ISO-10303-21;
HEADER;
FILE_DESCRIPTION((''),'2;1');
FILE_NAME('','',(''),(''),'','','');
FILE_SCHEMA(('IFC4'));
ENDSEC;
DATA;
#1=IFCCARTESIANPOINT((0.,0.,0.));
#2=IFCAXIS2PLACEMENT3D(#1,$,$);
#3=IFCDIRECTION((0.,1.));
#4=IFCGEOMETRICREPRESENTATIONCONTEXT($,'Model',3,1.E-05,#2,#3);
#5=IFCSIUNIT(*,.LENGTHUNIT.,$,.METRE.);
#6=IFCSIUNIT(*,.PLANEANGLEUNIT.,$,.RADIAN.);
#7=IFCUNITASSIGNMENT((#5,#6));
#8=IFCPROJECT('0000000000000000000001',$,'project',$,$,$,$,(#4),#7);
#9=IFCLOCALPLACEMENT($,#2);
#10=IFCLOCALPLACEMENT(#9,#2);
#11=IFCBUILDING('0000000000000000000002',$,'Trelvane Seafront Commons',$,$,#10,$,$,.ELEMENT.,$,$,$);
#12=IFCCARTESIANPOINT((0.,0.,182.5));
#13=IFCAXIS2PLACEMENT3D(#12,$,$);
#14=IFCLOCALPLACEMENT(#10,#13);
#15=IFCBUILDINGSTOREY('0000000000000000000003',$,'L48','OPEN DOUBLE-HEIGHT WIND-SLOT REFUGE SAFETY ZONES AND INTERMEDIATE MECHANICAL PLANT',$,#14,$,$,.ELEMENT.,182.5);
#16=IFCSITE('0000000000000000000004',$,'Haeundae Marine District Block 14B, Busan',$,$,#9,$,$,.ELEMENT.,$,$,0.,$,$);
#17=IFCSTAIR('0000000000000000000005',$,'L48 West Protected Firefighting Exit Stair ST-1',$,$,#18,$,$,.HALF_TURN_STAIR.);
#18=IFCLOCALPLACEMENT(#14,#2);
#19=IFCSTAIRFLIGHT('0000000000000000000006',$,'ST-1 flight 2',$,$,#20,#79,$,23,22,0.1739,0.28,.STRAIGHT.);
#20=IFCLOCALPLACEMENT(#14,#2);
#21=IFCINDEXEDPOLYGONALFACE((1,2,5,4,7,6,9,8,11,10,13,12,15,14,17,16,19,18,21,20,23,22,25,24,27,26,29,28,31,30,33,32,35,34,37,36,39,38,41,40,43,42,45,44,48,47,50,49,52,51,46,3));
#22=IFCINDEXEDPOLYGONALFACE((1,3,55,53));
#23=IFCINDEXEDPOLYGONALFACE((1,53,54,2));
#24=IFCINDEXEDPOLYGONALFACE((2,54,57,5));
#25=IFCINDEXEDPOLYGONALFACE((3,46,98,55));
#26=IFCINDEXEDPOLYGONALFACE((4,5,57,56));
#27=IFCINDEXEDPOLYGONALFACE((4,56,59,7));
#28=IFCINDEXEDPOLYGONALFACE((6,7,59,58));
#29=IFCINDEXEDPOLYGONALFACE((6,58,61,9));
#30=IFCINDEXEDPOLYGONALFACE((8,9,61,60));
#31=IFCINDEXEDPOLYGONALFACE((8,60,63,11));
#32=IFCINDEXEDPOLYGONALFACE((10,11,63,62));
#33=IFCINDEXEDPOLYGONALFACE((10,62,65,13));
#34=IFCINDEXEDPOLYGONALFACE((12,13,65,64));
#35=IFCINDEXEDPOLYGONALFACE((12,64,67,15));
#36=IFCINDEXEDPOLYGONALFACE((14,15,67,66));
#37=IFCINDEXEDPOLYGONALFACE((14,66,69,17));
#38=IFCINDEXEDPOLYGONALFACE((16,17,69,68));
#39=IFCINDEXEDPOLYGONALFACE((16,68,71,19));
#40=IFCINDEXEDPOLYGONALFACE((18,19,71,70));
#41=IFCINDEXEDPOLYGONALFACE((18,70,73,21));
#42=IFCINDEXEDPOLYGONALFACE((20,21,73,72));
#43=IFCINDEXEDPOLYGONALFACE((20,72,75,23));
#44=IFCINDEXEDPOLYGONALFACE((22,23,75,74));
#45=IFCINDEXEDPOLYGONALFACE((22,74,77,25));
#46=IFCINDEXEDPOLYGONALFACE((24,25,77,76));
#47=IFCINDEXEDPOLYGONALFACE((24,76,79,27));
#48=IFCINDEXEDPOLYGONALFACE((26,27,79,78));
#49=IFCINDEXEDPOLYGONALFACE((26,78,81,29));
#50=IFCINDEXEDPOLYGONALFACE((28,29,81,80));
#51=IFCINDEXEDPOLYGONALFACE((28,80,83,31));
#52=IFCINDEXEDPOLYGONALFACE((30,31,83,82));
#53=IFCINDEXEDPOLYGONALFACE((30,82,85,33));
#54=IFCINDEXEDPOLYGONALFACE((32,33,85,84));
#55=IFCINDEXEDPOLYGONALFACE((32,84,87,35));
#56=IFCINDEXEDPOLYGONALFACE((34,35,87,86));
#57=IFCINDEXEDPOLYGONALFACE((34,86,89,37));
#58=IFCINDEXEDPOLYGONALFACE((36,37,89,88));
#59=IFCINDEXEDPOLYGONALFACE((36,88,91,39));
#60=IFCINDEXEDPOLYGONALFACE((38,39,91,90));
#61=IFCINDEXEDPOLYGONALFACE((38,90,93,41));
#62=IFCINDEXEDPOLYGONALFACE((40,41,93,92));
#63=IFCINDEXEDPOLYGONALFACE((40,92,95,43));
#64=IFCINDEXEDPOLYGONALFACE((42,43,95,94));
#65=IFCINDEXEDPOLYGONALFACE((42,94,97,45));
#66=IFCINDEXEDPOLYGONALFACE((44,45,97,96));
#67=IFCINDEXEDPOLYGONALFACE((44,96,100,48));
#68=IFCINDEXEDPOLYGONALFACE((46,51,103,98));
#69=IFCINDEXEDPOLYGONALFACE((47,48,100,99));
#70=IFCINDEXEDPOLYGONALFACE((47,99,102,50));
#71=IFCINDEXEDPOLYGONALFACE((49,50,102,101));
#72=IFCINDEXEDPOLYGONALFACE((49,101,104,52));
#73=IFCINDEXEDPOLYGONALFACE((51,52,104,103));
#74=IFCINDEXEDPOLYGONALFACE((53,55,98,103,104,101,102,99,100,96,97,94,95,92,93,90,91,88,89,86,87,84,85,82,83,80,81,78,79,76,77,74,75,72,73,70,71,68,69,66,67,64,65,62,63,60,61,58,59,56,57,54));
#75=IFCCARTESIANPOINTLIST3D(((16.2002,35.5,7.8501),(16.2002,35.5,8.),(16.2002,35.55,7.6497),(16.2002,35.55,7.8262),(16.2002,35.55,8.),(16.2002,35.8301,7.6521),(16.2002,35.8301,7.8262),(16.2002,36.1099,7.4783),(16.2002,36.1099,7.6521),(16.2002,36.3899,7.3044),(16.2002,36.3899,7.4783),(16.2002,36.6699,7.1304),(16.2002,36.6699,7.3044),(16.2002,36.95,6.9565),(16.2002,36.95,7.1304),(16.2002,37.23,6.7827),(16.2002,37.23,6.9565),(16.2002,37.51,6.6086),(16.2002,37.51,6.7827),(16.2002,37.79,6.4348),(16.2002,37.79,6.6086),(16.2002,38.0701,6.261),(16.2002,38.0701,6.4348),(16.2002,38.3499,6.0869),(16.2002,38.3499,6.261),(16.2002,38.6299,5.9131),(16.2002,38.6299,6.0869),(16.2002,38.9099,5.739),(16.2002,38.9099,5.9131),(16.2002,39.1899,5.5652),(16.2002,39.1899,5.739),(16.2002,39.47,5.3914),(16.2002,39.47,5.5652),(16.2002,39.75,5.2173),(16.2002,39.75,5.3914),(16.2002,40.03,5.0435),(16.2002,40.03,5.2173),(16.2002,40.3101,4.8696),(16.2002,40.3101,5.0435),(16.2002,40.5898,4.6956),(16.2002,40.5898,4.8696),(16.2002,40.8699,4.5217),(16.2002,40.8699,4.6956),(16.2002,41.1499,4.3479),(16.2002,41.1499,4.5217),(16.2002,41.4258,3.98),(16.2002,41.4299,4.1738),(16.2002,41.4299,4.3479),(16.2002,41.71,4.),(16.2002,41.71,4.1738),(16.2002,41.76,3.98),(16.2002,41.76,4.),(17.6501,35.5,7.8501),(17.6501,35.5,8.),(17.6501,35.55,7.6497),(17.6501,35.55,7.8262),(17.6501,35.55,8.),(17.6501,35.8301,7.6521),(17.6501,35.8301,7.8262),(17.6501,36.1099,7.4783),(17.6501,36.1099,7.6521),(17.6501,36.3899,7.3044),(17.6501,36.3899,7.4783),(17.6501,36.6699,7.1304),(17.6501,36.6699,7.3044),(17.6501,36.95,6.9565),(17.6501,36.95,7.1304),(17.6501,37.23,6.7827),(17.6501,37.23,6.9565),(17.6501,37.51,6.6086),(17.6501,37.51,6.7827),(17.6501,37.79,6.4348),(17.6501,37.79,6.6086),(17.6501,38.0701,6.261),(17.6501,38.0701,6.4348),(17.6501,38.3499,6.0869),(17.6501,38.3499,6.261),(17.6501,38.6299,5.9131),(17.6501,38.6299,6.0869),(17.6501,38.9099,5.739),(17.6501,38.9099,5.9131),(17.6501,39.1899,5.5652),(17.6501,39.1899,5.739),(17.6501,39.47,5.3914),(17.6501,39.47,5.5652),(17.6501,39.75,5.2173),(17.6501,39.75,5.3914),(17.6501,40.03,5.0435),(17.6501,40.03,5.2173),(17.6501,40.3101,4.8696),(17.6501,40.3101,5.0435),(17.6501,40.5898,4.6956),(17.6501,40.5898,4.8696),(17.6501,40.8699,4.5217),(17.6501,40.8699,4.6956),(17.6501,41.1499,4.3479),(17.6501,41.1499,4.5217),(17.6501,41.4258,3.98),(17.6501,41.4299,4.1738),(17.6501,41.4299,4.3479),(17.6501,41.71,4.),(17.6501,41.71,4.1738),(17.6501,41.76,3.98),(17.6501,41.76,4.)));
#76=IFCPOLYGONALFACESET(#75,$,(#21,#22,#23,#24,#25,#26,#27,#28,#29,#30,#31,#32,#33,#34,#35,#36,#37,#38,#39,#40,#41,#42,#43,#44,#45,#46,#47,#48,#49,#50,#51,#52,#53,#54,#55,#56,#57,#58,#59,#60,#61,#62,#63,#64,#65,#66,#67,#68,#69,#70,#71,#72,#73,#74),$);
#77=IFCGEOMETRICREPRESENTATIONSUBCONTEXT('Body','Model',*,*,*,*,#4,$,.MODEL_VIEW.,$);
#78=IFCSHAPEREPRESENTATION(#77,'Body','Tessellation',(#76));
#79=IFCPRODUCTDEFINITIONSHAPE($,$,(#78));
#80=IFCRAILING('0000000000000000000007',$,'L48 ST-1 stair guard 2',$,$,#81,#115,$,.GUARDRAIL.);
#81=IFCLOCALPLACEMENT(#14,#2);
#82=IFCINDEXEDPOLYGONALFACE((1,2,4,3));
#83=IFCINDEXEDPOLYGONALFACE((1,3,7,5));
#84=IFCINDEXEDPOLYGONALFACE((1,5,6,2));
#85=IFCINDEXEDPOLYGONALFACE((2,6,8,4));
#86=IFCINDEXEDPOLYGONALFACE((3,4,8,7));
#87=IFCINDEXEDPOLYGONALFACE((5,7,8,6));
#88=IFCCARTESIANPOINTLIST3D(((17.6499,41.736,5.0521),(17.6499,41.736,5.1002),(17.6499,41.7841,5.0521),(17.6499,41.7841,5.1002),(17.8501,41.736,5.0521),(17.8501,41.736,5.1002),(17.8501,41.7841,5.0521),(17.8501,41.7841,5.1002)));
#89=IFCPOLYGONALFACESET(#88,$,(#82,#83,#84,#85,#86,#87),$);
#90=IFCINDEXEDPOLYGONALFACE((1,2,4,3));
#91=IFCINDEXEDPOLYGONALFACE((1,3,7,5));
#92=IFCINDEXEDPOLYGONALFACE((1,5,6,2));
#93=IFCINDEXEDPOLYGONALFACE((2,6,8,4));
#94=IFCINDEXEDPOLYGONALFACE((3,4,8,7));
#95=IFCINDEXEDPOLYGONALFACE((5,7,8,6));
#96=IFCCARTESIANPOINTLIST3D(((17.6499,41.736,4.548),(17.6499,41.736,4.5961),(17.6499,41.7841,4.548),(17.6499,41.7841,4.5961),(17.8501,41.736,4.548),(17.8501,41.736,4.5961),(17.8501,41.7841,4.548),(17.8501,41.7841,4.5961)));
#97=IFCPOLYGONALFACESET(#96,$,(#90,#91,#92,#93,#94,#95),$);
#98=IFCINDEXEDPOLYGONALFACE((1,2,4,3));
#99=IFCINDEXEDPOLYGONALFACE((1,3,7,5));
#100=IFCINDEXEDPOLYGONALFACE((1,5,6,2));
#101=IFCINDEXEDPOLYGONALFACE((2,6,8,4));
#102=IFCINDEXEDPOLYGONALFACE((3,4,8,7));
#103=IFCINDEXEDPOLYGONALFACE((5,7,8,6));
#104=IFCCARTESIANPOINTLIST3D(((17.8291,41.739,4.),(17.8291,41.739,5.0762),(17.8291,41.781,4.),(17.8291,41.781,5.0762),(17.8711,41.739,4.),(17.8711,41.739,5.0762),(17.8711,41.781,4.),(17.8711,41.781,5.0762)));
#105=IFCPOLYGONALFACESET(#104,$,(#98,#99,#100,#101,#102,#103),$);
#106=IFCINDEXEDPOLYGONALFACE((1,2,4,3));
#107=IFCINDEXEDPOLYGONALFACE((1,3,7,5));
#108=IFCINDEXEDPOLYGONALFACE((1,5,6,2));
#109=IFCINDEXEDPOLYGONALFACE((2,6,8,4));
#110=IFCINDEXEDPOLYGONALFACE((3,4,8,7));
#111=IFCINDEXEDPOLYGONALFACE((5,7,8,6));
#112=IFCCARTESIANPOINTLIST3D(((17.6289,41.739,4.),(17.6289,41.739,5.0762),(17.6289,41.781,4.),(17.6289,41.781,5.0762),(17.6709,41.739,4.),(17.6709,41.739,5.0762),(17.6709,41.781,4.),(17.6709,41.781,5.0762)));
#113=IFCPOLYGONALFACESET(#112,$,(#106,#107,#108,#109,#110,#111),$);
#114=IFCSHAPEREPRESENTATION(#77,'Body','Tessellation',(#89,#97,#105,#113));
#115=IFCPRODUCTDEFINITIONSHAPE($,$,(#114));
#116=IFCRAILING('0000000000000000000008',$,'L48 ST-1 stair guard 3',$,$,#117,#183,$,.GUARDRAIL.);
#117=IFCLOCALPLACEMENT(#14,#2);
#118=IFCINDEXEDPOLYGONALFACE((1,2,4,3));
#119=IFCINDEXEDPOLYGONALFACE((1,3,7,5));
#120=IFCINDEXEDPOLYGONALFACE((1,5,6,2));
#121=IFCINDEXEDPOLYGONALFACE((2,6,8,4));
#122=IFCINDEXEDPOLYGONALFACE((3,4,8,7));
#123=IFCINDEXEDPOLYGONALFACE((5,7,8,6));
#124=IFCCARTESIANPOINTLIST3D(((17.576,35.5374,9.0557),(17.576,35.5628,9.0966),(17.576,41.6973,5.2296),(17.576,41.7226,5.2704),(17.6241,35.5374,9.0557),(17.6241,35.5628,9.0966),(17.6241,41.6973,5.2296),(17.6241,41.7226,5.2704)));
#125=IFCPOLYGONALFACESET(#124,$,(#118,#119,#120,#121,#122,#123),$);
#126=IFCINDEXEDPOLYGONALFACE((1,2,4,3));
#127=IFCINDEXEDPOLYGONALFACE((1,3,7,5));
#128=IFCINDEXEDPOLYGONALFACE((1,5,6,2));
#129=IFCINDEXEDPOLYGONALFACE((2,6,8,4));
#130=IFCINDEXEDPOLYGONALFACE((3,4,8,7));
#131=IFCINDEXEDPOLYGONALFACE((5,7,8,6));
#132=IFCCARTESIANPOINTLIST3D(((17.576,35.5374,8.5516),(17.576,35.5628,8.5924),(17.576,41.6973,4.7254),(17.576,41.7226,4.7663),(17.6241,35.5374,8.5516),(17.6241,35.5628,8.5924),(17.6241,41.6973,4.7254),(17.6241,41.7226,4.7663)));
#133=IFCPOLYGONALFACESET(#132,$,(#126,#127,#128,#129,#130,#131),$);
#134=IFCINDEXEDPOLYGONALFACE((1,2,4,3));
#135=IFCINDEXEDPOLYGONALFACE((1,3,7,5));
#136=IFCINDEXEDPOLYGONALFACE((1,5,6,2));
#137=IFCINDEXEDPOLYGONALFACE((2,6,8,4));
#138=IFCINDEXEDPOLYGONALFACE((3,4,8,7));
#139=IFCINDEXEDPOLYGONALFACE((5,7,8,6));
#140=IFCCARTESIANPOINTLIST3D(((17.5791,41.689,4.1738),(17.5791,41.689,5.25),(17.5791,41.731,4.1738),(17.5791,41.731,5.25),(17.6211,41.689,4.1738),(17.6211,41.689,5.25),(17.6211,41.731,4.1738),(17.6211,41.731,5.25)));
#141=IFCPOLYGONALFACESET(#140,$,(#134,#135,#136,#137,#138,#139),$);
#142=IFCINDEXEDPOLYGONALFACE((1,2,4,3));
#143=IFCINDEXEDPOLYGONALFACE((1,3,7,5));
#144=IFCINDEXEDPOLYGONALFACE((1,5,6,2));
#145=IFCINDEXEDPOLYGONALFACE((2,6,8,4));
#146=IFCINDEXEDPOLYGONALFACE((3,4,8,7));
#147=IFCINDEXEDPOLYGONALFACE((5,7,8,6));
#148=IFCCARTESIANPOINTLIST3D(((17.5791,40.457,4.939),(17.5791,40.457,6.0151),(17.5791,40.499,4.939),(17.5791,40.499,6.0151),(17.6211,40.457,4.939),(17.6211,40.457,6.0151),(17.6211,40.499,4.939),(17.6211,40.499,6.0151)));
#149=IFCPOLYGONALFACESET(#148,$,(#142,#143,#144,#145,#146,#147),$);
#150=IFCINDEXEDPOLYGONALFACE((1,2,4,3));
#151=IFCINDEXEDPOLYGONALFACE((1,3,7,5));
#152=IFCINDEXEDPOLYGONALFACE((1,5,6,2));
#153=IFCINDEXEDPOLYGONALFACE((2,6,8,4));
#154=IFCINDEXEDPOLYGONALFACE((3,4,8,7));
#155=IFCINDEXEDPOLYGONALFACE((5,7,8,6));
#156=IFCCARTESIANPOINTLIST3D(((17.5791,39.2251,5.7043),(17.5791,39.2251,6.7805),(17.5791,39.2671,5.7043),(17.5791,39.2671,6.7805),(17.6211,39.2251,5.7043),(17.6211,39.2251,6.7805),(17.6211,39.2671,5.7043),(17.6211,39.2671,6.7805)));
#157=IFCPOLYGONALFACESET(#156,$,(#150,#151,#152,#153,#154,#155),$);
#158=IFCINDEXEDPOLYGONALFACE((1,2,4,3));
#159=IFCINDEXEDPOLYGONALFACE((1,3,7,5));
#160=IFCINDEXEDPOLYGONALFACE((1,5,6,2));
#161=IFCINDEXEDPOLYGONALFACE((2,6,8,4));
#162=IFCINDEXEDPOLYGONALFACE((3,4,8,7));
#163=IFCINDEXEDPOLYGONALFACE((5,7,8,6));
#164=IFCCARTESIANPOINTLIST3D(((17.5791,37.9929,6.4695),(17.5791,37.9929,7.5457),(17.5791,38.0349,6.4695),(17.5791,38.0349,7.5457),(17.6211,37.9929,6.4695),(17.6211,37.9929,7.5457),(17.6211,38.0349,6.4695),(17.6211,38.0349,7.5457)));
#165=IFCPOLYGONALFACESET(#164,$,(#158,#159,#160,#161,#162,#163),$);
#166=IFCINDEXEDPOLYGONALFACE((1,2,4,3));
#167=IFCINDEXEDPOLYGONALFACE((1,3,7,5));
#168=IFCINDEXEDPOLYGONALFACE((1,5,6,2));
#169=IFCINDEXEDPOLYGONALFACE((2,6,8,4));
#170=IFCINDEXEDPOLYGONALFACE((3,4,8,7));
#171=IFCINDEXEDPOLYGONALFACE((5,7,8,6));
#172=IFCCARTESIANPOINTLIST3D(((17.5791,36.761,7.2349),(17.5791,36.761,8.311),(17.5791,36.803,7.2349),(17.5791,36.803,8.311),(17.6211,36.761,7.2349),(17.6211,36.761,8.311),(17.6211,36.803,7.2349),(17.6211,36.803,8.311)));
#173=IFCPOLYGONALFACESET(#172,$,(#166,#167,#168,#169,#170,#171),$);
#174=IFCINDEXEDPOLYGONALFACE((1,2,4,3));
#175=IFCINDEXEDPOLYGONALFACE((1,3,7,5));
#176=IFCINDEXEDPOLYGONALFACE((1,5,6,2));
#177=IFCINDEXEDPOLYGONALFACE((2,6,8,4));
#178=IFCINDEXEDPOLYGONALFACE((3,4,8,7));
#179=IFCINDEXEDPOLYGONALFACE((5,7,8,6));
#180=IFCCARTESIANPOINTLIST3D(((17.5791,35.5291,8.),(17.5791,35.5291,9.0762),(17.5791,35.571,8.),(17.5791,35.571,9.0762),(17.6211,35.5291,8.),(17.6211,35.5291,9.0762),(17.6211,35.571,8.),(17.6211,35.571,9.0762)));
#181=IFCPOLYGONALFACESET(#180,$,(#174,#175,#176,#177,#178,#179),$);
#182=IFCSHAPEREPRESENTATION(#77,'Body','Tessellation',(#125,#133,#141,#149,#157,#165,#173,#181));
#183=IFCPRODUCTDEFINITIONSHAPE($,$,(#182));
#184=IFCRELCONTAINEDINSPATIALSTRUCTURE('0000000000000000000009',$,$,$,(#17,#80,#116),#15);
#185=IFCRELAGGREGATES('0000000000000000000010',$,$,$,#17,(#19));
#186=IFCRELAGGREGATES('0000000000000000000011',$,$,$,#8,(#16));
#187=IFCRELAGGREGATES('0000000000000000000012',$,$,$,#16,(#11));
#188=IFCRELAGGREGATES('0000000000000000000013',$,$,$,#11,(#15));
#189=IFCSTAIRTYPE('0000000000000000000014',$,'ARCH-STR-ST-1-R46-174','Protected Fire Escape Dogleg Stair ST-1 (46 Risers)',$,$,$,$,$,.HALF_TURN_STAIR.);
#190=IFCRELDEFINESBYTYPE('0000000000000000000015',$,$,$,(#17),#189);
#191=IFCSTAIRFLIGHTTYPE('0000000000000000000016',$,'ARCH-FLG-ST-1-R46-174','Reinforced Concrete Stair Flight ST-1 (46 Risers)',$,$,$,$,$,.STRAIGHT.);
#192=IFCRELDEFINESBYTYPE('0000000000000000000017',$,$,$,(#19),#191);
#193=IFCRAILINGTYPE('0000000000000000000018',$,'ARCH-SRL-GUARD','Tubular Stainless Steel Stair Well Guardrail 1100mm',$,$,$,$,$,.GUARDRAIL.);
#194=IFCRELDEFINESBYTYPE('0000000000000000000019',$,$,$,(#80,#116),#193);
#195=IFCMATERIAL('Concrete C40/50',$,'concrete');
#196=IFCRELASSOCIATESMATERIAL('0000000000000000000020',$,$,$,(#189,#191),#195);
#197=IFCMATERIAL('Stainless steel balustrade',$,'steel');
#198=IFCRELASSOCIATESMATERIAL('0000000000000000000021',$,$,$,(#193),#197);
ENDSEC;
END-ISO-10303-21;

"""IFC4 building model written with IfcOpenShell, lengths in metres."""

from ifc_helpers import new_model, si_unit, direction, frame, origin, origin_2d, place, context, subcontext, project, spatial, polyline, rectangle, outline, extrude, source, transform, mapped, material, type_object, element, aggregate, save


model = new_model("IFC4")

# Units and contexts
model_context = context("Model", 3, precision=1e-05, world=origin(), true_north=direction((0.0, 1.0)))
body_context = subcontext(model_context, "Body", "Model", "MODEL_VIEW")
ifc_project = project(units=[si_unit("LENGTHUNIT", "METRE"), si_unit("PLANEANGLEUNIT", "RADIAN")], contexts=[model_context])

# Site, building, storey
site_placement = place(None, origin())
site = spatial("IfcSite", under=ifc_project, at=site_placement, Name="Haeundae Marine District Block 14B, Busan", CompositionType="ELEMENT", RefElevation=0.0)
building_placement = place(site_placement, origin())
building = spatial("IfcBuilding", under=site, at=building_placement, Name="Trelvane Seafront Commons", CompositionType="ELEMENT")
storey_placement = place(building_placement, frame((0.0, 0.0, 182.5)))
storey = spatial("IfcBuildingStorey", under=building, at=storey_placement, Name="L48", Description="OPEN DOUBLE-HEIGHT WIND-SLOT REFUGE SAFETY ZONES AND INTERMEDIATE MECHANICAL PLANT", CompositionType="ELEMENT", Elevation=182.5)

# Shared definitions
ifc_material_1 = material(Name="Concrete C40/50", Category="concrete")
ifc_material_2 = material(Name="Stainless steel balustrade", Category="steel")

# Stair, stair flight
stair_type = type_object("IfcStairType", Name="ARCH-STR-ST-1-R46-174", Description="Protected Fire Escape Dogleg Stair ST-1 (46 Risers)", PredefinedType="HALF_TURN_STAIR", material=ifc_material_1)
stair_placement = place(storey_placement, origin())
stair = element("IfcStair", 1, at=stair_placement, inside=storey, type_object=stair_type, Name="L48 West Protected Firefighting Exit Stair ST-1", PredefinedType="HALF_TURN_STAIR")
stair_flight_type = type_object("IfcStairFlightType", Name="ARCH-FLG-ST-1-R46-174", Description="Reinforced Concrete Stair Flight ST-1 (46 Risers)", PredefinedType="STRAIGHT", material=ifc_material_1)
shared_shape_1 = source(origin(), body_context, "Body", "SweptSolid", [
    extrude(outline(polyline([(-0.05, -0.02), (-0.05, 0.0), (0.0, 0.0), (0.0, 0.1738), (0.28, 0.1738), (0.28, 0.3479), (0.5601, 0.3479), (0.5601, 0.5217), (0.8401, 0.5217), (0.8401, 0.6956), (1.1201, 0.6956), (1.1201, 0.8696), (1.3999, 0.8696), (1.3999, 1.0435), (1.6799, 1.0435), (1.6799, 1.2173), (1.96, 1.2173), (1.96, 1.3914), (2.24, 1.3914), (2.24, 1.5652), (2.52, 1.5652), (2.52, 1.739), (2.8, 1.739), (2.8, 1.9131), (3.0801, 1.9131), (3.0801, 2.0869), (3.3601, 2.0869), (3.3601, 2.261), (3.6399, 2.261), (3.6399, 2.4348), (3.9199, 2.4348), (3.9199, 2.6086), (4.2, 2.6086), (4.2, 2.7827), (4.48, 2.7827), (4.48, 2.9565), (4.76, 2.9565), (4.76, 3.1304), (5.04, 3.1304), (5.04, 3.3044), (5.3201, 3.3044), (5.3201, 3.4783), (5.6001, 3.4783), (5.6001, 3.6521), (5.8799, 3.6521), (5.8799, 3.8262), (6.1599, 3.8262), (6.1599, 4.0), (6.21, 4.0), (6.21, 3.8501), (6.1599, 3.6497), (0.2842, -0.02), (-0.05, -0.02)])), frame((0.0, 0.7251, 0.0), z_axis=(0.0, -1.0, 0.0), x_axis=(1.0, 0.0, 0.0)), (0.0, 0.0, 1.0), 1.45),
])
stair_flight_1_placement = place(storey_placement, frame((16.925, 41.71, 4.0), z_axis=(0.0, 0.0, 1.0), x_axis=(0.0, -1.0, 0.0)))
stair_flight_1 = element("IfcStairFlight", 2, at=stair_flight_1_placement, type_object=stair_flight_type, Name="ST-1 flight 2", NumberOfRisers=23, NumberOfTreads=22, PredefinedType="STRAIGHT", RiserHeight=0.1739, TreadLength=0.28, context=body_context, shape_type="MappedRepresentation", body=[
    mapped(shared_shape_1, transform((0.0, 0.0, 0.0), x_axis=(1.0, 0.0, 0.0), y_axis=(0.0, 1.0, 0.0), z_axis=(0.0, 0.0, 1.0), scale=1.0)),
])
aggregate(stair, [stair_flight_1])

# Railings
railing_type_1 = type_object("IfcRailingType", Name="ARCH-SRL-GUARD", Description="Tubular Stainless Steel Stair Well Guardrail 1100mm", PredefinedType="GUARDRAIL", material=ifc_material_2)
railing_1_placement = place(storey_placement, frame((17.8501, 41.76, 4.0)))
element("IfcRailing", 3, at=railing_1_placement, inside=storey, type_object=railing_type_1, Name="L48 ST-1 stair guard 2", PredefinedType="GUARDRAIL", context=body_context, shape_type="SweptSolid", body=[
    extrude(rectangle(XDim=0.0481, YDim=0.0481, at=origin_2d()), frame((0.0, 0.0, 1.0762), z_axis=(-1.0, 0.0, 0.0), x_axis=(0.0, -1.0, 0.0)), (0.0, 0.0, 1.0), 0.2002),
    extrude(rectangle(XDim=0.0481, YDim=0.0481, at=origin_2d()), frame((0.0, 0.0, 0.572), z_axis=(-1.0, 0.0, 0.0), x_axis=(0.0, -1.0, 0.0)), (0.0, 0.0, 1.0), 0.2002),
    extrude(rectangle(XDim=0.042, YDim=0.042, at=origin_2d()), origin(), (0.0, 0.0, 1.0), 1.0762),
    extrude(rectangle(XDim=0.042, YDim=0.042, at=origin_2d()), frame((-0.2002, 0.0, 0.0)), (0.0, 0.0, 1.0), 1.0762),
])
railing_2_placement = place(storey_placement, frame((17.6001, 41.71, 4.1738)))
element("IfcRailing", 4, at=railing_2_placement, inside=storey, type_object=railing_type_1, Name="L48 ST-1 stair guard 3", PredefinedType="GUARDRAIL", context=body_context, shape_type="SweptSolid", body=[
    extrude(rectangle(XDim=0.0481, YDim=0.0481, at=origin_2d()), frame((0.0, 0.0, 1.0762), z_axis=(0.0, -0.849468, 0.527639), x_axis=(1.0, 0.0, 0.0)), (0.0, 0.0, 1.0), 7.2515),
    extrude(rectangle(XDim=0.0481, YDim=0.0481, at=origin_2d()), frame((0.0, 0.0, 0.572), z_axis=(0.0, -0.849468, 0.527639), x_axis=(1.0, 0.0, 0.0)), (0.0, 0.0, 1.0), 7.2515),
    extrude(rectangle(XDim=0.042, YDim=0.042, at=origin_2d()), origin(), (0.0, 0.0, 1.0), 1.0762),
    extrude(rectangle(XDim=0.042, YDim=0.042, at=origin_2d()), frame((0.0, -1.2319, 0.7651)), (0.0, 0.0, 1.0), 1.0762),
    extrude(rectangle(XDim=0.042, YDim=0.042, at=origin_2d()), frame((0.0, -2.4639, 1.5305)), (0.0, 0.0, 1.0), 1.0762),
    extrude(rectangle(XDim=0.042, YDim=0.042, at=origin_2d()), frame((0.0, -3.696, 2.2957)), (0.0, 0.0, 1.0), 1.0762),
    extrude(rectangle(XDim=0.042, YDim=0.042, at=origin_2d()), frame((0.0, -4.928, 3.061)), (0.0, 0.0, 1.0), 1.0762),
    extrude(rectangle(XDim=0.042, YDim=0.042, at=origin_2d()), frame((0.0, -6.1599, 3.8262)), (0.0, 0.0, 1.0), 1.0762),
])

save(model, "model.ifc")
